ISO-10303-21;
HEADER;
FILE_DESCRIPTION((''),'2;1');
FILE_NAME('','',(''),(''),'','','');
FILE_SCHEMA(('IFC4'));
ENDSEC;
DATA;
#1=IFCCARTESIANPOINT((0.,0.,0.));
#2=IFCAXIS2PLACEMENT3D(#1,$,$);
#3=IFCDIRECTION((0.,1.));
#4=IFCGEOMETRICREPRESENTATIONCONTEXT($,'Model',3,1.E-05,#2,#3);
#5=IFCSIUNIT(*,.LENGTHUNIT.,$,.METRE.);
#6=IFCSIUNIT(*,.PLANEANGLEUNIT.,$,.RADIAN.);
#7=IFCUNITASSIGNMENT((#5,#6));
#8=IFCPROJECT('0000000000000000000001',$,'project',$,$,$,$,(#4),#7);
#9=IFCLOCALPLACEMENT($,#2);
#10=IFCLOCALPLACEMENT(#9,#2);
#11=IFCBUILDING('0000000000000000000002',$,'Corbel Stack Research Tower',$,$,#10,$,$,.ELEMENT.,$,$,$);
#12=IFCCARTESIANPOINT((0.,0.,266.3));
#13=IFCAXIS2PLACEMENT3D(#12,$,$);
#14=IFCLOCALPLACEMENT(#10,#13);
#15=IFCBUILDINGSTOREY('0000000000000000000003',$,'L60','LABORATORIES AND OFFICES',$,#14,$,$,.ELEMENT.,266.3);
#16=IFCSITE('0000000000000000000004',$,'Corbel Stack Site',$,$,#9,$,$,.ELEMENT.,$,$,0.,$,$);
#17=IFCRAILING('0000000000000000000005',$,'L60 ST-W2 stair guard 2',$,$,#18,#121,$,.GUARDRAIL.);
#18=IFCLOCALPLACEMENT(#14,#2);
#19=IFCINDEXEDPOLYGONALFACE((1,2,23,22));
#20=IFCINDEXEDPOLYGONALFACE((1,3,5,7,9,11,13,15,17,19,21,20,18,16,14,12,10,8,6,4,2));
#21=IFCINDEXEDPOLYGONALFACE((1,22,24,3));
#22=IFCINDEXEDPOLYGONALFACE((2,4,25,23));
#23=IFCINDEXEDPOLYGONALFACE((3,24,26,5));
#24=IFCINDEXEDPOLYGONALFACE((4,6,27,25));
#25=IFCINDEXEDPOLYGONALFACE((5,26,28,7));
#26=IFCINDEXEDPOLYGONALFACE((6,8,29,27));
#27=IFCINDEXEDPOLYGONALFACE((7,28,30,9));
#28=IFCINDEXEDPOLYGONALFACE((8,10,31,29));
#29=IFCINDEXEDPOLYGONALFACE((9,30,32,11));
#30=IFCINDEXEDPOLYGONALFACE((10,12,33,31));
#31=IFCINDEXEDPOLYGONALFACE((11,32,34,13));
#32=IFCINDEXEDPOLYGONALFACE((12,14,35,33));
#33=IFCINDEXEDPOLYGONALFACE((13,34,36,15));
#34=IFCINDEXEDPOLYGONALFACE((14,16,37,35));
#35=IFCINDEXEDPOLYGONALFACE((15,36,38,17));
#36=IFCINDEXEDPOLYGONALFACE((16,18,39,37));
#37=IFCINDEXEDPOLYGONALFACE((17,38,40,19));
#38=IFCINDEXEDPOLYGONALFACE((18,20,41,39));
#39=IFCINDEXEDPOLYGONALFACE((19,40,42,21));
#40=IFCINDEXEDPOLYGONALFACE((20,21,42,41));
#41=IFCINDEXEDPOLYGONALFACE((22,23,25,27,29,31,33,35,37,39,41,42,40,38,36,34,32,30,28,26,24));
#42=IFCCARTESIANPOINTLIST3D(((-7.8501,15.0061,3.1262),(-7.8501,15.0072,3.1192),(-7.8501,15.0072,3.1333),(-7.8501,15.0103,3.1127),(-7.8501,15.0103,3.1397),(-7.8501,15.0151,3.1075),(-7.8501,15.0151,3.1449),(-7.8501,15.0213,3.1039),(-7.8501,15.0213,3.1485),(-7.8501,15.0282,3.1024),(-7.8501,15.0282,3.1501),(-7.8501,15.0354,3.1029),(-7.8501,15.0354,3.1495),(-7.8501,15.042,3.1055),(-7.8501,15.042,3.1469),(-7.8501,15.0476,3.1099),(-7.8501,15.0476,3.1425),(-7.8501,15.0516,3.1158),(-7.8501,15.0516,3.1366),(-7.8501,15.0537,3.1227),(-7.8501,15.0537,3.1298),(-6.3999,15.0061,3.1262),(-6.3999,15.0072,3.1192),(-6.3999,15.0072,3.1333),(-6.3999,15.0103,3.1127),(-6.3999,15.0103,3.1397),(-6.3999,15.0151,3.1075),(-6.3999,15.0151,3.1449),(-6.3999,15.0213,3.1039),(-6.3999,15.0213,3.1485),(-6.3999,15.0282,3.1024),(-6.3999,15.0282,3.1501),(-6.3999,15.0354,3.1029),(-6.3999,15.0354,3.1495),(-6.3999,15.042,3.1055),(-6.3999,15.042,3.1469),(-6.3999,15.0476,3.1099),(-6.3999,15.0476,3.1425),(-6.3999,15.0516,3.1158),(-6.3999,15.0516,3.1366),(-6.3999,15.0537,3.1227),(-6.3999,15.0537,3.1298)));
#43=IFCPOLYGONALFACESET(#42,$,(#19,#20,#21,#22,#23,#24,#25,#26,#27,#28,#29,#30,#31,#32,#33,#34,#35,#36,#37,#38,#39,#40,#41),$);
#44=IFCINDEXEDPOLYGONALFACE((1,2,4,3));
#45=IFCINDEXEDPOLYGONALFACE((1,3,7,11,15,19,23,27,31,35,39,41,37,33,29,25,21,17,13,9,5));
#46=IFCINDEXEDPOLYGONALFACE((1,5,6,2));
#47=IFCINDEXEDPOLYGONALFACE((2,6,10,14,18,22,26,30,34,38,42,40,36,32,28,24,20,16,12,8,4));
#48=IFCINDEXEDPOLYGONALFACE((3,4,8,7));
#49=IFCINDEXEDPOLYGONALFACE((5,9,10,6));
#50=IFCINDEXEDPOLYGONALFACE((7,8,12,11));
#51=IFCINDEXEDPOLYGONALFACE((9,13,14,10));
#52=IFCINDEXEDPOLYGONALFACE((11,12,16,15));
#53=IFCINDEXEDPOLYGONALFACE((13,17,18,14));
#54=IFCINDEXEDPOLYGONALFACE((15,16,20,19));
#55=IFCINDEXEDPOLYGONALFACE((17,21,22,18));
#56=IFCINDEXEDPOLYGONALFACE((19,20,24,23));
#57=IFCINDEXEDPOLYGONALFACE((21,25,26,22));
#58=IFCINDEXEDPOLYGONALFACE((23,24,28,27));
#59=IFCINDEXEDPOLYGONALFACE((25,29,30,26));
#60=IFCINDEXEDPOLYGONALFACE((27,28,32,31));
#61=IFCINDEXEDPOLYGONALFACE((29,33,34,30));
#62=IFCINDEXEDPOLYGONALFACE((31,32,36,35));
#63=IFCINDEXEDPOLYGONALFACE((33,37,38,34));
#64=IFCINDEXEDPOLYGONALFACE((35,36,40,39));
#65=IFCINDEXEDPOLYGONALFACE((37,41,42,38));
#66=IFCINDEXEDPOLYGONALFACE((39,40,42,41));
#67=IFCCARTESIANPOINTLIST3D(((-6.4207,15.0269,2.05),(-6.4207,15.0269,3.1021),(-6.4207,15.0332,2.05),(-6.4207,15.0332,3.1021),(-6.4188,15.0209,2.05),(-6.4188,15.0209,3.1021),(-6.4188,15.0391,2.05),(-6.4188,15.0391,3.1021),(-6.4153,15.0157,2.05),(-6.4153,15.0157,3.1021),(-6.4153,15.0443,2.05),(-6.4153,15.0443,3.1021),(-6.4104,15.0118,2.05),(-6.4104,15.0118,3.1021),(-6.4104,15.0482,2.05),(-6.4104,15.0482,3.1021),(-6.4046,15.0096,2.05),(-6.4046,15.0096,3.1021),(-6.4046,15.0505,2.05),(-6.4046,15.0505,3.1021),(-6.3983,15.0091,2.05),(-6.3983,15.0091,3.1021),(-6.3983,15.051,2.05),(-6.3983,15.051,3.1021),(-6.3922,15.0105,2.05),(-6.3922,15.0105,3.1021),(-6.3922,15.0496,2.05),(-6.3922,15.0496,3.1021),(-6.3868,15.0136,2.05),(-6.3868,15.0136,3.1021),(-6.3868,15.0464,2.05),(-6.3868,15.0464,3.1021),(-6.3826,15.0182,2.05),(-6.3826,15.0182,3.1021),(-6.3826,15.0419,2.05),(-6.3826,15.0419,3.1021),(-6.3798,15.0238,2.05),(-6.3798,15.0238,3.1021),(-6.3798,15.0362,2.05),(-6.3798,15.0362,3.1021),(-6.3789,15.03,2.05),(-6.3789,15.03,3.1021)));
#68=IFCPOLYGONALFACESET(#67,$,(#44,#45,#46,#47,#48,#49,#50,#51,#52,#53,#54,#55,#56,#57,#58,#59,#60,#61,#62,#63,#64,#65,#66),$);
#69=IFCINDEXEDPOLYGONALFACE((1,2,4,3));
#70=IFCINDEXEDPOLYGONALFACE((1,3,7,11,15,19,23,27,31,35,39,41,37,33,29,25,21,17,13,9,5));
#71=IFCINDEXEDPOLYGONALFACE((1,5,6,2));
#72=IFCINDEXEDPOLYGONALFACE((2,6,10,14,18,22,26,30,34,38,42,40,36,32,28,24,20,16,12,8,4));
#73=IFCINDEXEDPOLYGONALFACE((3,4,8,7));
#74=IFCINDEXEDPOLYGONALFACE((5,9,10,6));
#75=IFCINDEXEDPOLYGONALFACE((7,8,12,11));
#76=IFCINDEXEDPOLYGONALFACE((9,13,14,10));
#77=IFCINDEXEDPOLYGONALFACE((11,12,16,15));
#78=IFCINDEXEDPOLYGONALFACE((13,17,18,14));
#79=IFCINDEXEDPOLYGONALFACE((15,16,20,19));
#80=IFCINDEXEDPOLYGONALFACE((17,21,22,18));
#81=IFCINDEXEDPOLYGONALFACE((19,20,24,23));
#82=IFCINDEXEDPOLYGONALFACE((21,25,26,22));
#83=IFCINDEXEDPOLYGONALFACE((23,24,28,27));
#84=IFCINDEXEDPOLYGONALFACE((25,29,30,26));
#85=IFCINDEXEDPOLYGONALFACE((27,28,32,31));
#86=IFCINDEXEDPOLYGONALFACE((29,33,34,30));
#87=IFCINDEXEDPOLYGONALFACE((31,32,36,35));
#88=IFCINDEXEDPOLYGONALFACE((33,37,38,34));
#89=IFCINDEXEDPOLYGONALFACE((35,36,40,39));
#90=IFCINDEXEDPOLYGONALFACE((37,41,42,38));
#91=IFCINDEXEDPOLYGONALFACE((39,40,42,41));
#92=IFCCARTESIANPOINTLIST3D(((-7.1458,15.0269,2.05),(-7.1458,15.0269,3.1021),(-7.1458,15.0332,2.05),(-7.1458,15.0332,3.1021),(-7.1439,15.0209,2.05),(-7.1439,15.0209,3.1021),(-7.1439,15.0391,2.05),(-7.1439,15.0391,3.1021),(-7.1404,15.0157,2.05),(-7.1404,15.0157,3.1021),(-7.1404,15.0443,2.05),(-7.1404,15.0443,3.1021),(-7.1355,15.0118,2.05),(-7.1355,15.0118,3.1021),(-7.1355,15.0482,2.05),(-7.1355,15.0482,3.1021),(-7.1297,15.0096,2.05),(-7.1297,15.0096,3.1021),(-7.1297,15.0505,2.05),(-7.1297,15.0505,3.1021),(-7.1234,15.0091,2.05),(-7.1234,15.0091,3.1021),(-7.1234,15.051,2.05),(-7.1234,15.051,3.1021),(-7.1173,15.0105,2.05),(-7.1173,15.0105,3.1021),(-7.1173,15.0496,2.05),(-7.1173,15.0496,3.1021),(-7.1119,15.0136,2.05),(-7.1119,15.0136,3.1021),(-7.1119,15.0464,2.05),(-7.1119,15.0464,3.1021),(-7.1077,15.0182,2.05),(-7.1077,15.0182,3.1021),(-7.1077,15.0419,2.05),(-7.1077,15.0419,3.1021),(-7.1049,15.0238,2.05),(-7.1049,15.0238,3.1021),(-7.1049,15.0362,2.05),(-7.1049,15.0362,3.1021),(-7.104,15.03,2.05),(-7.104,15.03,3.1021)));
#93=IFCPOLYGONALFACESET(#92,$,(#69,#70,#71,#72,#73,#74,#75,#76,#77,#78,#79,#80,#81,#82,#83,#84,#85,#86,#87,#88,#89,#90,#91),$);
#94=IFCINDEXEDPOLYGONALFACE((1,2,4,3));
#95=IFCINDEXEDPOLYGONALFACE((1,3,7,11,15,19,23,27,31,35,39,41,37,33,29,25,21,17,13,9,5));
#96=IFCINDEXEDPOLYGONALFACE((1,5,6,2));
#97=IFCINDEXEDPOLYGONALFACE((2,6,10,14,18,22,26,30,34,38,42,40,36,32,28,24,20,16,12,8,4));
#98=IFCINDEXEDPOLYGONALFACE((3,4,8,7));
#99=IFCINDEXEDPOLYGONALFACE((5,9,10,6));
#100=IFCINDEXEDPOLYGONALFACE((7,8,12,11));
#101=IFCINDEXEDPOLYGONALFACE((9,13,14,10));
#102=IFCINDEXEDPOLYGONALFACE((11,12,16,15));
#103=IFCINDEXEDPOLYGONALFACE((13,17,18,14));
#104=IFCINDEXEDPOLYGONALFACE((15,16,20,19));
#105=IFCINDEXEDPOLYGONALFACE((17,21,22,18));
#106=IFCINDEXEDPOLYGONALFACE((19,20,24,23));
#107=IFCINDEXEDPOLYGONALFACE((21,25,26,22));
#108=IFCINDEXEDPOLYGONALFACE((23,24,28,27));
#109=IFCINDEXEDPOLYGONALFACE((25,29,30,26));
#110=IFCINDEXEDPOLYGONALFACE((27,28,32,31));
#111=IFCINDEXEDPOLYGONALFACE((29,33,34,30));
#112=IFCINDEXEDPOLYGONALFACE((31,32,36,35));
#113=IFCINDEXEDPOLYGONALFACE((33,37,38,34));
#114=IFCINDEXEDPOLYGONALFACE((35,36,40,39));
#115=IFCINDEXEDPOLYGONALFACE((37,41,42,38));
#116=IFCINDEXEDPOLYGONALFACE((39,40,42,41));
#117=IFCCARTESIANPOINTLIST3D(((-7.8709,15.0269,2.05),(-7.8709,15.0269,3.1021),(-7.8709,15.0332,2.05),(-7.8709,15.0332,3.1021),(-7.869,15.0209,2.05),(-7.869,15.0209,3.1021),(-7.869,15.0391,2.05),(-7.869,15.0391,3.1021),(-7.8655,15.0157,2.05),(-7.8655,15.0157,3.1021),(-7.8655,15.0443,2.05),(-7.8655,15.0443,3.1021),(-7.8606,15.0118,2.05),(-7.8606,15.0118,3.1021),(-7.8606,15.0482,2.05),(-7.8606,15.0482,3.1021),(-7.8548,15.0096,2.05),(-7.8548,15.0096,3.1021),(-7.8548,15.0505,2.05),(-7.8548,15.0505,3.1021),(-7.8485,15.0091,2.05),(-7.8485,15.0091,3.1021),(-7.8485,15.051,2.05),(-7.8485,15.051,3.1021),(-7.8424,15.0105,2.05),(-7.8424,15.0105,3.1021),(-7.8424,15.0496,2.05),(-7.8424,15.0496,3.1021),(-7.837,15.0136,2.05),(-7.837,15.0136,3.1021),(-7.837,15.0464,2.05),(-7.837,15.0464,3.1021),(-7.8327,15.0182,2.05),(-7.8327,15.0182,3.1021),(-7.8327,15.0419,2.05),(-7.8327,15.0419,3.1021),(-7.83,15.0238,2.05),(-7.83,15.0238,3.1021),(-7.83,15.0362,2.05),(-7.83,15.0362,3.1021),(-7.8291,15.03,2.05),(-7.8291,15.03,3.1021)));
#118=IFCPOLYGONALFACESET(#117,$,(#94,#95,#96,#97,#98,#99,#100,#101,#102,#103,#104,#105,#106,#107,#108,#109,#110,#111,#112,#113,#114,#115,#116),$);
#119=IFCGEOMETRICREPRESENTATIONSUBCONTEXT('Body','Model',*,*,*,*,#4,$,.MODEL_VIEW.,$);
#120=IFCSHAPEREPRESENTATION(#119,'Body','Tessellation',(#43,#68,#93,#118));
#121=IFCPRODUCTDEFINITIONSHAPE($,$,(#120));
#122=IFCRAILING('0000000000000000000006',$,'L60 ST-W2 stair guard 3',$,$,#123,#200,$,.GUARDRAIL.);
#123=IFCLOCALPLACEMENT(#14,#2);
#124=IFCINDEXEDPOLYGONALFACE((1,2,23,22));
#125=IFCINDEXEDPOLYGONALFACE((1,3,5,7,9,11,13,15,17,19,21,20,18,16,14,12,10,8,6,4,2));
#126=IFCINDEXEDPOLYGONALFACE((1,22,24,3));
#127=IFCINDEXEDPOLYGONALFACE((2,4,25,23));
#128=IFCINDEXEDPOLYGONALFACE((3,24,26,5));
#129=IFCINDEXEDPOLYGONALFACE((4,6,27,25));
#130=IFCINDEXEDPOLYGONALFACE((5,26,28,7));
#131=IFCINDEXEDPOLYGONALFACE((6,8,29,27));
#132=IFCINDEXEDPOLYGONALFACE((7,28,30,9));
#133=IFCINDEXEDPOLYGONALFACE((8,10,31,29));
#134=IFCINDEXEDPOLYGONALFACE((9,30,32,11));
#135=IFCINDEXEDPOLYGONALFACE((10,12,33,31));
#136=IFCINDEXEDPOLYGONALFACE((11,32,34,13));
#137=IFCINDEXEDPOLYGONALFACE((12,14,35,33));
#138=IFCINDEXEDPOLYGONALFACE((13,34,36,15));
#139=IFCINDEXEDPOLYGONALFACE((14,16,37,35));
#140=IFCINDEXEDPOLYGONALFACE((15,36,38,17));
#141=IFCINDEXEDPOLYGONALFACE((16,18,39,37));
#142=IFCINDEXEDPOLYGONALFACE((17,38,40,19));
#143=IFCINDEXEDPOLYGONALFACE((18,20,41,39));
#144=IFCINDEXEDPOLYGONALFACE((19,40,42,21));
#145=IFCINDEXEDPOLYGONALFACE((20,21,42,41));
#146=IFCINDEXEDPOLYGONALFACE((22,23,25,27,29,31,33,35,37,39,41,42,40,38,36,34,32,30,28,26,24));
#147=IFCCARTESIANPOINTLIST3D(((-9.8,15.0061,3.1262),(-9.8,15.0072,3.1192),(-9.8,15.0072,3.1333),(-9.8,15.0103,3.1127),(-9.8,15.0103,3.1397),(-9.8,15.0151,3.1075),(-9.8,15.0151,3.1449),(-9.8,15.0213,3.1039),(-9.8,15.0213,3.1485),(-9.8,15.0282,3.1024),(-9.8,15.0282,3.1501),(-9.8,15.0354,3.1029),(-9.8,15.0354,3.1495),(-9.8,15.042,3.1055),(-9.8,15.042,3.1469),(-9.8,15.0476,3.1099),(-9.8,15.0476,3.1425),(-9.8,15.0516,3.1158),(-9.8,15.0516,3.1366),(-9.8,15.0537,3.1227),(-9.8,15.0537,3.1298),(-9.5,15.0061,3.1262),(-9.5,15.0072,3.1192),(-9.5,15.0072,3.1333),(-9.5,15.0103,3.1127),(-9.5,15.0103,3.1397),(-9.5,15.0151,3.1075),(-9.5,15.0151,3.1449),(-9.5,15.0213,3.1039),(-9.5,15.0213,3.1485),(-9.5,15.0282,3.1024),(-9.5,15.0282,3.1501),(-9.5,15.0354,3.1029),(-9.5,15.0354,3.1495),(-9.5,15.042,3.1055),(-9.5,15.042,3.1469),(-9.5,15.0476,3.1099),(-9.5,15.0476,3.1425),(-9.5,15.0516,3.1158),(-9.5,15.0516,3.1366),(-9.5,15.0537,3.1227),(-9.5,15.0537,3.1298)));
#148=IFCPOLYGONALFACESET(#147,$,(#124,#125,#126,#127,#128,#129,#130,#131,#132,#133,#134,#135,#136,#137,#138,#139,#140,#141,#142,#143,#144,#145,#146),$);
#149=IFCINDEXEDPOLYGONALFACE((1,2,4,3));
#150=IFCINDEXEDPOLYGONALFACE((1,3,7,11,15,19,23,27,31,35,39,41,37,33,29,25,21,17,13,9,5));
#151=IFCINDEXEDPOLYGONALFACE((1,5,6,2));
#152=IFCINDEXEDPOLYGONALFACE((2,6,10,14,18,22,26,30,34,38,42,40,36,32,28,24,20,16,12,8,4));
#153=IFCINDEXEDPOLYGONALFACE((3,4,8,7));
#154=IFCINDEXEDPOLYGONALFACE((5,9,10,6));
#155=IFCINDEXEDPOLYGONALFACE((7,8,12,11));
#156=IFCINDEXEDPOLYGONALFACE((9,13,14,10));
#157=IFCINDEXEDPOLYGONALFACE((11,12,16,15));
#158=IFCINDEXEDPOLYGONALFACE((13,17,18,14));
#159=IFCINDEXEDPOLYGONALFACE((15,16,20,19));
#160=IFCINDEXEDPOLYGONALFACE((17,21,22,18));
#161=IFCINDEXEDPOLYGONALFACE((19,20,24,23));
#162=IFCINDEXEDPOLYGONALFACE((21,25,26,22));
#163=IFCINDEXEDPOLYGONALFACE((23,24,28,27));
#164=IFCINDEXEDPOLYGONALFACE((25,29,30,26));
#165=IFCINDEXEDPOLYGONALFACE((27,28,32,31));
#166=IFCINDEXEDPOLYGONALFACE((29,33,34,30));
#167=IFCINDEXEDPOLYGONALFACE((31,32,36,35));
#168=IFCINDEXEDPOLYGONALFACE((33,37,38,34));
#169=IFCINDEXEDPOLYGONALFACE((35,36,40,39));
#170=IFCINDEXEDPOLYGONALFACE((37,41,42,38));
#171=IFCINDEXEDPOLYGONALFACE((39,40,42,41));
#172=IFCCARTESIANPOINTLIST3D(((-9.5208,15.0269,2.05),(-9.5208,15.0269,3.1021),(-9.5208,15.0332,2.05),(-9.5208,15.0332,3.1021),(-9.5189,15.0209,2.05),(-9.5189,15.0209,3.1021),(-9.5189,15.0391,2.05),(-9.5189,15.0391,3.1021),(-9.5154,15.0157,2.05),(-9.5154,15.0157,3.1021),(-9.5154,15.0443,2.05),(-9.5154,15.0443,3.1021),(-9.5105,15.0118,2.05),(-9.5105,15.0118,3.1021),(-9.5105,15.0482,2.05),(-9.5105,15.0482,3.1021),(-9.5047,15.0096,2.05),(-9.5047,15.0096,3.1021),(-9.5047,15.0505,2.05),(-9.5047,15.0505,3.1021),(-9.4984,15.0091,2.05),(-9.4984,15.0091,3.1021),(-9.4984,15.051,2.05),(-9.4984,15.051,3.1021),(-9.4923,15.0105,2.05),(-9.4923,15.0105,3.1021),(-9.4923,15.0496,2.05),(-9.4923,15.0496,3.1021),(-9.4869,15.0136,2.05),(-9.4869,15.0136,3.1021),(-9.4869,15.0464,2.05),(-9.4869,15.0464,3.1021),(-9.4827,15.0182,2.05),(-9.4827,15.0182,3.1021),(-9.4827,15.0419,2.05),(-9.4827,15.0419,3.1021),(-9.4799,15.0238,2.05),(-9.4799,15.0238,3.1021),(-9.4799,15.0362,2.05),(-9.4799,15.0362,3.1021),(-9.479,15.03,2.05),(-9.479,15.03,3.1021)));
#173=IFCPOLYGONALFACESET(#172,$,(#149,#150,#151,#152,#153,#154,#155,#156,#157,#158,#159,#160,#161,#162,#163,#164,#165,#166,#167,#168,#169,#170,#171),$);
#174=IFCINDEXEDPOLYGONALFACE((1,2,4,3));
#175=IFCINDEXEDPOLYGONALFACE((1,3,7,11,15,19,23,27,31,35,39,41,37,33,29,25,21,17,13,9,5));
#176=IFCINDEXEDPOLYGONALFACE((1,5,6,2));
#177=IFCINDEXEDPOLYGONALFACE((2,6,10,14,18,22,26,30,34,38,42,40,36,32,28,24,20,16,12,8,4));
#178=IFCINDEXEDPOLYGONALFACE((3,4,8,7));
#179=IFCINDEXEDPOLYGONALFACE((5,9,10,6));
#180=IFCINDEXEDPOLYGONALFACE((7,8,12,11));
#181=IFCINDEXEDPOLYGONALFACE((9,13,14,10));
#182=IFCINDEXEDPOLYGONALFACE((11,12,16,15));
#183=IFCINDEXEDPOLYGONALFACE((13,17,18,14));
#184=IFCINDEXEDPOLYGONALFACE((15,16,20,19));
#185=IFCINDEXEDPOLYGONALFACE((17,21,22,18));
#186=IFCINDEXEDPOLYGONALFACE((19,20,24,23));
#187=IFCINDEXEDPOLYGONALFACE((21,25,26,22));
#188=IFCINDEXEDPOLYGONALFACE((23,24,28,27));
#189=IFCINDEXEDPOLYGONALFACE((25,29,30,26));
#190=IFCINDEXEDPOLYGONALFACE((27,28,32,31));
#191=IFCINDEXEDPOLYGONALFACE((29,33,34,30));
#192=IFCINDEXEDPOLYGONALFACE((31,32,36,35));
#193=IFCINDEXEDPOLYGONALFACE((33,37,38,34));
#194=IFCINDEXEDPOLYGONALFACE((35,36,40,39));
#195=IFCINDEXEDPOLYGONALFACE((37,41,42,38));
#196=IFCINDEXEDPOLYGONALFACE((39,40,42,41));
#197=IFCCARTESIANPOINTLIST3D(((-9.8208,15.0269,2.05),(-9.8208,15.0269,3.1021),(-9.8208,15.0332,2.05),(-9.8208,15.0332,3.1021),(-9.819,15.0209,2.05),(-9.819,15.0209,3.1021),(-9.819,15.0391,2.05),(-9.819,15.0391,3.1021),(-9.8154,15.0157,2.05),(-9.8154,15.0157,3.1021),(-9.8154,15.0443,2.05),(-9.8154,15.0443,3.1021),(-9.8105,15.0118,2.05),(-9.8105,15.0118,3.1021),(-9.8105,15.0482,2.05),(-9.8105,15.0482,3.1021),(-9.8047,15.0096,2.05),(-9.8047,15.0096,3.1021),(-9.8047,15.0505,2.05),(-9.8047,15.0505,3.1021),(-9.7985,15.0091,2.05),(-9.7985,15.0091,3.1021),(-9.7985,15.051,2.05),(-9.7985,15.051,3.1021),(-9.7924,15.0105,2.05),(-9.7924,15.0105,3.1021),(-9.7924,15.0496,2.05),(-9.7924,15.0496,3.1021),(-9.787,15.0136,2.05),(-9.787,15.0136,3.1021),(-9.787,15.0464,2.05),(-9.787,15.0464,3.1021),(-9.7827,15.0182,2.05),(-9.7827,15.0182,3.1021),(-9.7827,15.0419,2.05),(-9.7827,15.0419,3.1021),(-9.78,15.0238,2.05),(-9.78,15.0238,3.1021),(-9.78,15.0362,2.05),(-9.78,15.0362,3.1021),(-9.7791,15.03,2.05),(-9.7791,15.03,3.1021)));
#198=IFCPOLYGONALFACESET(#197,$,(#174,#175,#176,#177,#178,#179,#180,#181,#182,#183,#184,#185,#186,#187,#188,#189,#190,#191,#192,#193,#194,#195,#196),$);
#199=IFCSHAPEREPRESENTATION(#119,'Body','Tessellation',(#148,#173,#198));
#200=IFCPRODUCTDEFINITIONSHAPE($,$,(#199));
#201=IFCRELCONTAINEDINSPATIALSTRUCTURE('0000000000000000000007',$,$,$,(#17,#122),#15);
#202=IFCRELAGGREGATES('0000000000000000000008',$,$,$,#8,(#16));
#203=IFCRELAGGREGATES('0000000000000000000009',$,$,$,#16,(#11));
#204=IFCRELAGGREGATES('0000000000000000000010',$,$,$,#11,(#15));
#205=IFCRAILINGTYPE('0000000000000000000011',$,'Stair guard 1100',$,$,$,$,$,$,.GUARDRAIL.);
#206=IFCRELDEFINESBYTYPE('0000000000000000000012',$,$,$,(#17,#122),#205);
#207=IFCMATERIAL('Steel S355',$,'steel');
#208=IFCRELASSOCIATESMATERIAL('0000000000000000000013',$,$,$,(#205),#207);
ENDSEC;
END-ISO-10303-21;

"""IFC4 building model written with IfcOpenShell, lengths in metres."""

from ifc_helpers import new_model, si_unit, direction, frame, origin, origin_2d, place, context, subcontext, project, spatial, circle, extrude, material, type_object, element, save


model = new_model("IFC4")

# Units and contexts
model_context = context("Model", 3, precision=1e-05, world=origin(), true_north=direction((0.0, 1.0)))
body_context = subcontext(model_context, "Body", "Model", "MODEL_VIEW")
ifc_project = project(units=[si_unit("LENGTHUNIT", "METRE"), si_unit("PLANEANGLEUNIT", "RADIAN")], contexts=[model_context])

# Site, building, storey
site_placement = place(None, origin())
site = spatial("IfcSite", under=ifc_project, at=site_placement, Name="Corbel Stack Site", CompositionType="ELEMENT", RefElevation=0.0)
building_placement = place(site_placement, origin())
building = spatial("IfcBuilding", under=site, at=building_placement, Name="Corbel Stack Research Tower", CompositionType="ELEMENT")
storey_placement = place(building_placement, frame((0.0, 0.0, 266.3)))
storey = spatial("IfcBuildingStorey", under=building, at=storey_placement, Name="L60", Description="LABORATORIES AND OFFICES", CompositionType="ELEMENT", Elevation=266.3)

# Railings
ifc_material_1 = material(Name="Steel S355", Category="steel")
railing_type_1 = type_object("IfcRailingType", Name="Stair guard 1100", PredefinedType="GUARDRAIL", material=ifc_material_1)
railing_1_placement = place(storey_placement, frame((-6.3999, 15.03, 2.05)))
element("IfcRailing", 1, at=railing_1_placement, inside=storey, type_object=railing_type_1, Name="L60 ST-W2 stair guard 2", PredefinedType="GUARDRAIL", context=body_context, shape_type="SweptSolid", body=[
    extrude(circle(Radius=0.0239, at=origin_2d()), frame((0.0, 0.0, 1.0762), z_axis=(-1.0, 0.0, 0.0), x_axis=(0.0, -1.0, 0.0)), (0.0, 0.0, 1.0), 1.4502),
    extrude(circle(Radius=0.021, at=origin_2d()), origin(), (0.0, 0.0, 1.0), 1.052),
    extrude(circle(Radius=0.021, at=origin_2d()), frame((-0.7251, 0.0, 0.0)), (0.0, 0.0, 1.0), 1.052),
    extrude(circle(Radius=0.021, at=origin_2d()), frame((-1.4502, 0.0, 0.0)), (0.0, 0.0, 1.0), 1.052),
])
railing_2_placement = place(storey_placement, frame((-9.5, 15.03, 2.05)))
element("IfcRailing", 2, at=railing_2_placement, inside=storey, type_object=railing_type_1, Name="L60 ST-W2 stair guard 3", PredefinedType="GUARDRAIL", context=body_context, shape_type="SweptSolid", body=[
    extrude(circle(Radius=0.0239, at=origin_2d()), frame((0.0, 0.0, 1.0762), z_axis=(-1.0, 0.0, 0.0), x_axis=(0.0, -1.0, 0.0)), (0.0, 0.0, 1.0), 0.3),
    extrude(circle(Radius=0.021, at=origin_2d()), origin(), (0.0, 0.0, 1.0), 1.052),
    extrude(circle(Radius=0.021, at=origin_2d()), frame((-0.3, 0.0, 0.0)), (0.0, 0.0, 1.0), 1.052),
])

save(model, "model.ifc")
